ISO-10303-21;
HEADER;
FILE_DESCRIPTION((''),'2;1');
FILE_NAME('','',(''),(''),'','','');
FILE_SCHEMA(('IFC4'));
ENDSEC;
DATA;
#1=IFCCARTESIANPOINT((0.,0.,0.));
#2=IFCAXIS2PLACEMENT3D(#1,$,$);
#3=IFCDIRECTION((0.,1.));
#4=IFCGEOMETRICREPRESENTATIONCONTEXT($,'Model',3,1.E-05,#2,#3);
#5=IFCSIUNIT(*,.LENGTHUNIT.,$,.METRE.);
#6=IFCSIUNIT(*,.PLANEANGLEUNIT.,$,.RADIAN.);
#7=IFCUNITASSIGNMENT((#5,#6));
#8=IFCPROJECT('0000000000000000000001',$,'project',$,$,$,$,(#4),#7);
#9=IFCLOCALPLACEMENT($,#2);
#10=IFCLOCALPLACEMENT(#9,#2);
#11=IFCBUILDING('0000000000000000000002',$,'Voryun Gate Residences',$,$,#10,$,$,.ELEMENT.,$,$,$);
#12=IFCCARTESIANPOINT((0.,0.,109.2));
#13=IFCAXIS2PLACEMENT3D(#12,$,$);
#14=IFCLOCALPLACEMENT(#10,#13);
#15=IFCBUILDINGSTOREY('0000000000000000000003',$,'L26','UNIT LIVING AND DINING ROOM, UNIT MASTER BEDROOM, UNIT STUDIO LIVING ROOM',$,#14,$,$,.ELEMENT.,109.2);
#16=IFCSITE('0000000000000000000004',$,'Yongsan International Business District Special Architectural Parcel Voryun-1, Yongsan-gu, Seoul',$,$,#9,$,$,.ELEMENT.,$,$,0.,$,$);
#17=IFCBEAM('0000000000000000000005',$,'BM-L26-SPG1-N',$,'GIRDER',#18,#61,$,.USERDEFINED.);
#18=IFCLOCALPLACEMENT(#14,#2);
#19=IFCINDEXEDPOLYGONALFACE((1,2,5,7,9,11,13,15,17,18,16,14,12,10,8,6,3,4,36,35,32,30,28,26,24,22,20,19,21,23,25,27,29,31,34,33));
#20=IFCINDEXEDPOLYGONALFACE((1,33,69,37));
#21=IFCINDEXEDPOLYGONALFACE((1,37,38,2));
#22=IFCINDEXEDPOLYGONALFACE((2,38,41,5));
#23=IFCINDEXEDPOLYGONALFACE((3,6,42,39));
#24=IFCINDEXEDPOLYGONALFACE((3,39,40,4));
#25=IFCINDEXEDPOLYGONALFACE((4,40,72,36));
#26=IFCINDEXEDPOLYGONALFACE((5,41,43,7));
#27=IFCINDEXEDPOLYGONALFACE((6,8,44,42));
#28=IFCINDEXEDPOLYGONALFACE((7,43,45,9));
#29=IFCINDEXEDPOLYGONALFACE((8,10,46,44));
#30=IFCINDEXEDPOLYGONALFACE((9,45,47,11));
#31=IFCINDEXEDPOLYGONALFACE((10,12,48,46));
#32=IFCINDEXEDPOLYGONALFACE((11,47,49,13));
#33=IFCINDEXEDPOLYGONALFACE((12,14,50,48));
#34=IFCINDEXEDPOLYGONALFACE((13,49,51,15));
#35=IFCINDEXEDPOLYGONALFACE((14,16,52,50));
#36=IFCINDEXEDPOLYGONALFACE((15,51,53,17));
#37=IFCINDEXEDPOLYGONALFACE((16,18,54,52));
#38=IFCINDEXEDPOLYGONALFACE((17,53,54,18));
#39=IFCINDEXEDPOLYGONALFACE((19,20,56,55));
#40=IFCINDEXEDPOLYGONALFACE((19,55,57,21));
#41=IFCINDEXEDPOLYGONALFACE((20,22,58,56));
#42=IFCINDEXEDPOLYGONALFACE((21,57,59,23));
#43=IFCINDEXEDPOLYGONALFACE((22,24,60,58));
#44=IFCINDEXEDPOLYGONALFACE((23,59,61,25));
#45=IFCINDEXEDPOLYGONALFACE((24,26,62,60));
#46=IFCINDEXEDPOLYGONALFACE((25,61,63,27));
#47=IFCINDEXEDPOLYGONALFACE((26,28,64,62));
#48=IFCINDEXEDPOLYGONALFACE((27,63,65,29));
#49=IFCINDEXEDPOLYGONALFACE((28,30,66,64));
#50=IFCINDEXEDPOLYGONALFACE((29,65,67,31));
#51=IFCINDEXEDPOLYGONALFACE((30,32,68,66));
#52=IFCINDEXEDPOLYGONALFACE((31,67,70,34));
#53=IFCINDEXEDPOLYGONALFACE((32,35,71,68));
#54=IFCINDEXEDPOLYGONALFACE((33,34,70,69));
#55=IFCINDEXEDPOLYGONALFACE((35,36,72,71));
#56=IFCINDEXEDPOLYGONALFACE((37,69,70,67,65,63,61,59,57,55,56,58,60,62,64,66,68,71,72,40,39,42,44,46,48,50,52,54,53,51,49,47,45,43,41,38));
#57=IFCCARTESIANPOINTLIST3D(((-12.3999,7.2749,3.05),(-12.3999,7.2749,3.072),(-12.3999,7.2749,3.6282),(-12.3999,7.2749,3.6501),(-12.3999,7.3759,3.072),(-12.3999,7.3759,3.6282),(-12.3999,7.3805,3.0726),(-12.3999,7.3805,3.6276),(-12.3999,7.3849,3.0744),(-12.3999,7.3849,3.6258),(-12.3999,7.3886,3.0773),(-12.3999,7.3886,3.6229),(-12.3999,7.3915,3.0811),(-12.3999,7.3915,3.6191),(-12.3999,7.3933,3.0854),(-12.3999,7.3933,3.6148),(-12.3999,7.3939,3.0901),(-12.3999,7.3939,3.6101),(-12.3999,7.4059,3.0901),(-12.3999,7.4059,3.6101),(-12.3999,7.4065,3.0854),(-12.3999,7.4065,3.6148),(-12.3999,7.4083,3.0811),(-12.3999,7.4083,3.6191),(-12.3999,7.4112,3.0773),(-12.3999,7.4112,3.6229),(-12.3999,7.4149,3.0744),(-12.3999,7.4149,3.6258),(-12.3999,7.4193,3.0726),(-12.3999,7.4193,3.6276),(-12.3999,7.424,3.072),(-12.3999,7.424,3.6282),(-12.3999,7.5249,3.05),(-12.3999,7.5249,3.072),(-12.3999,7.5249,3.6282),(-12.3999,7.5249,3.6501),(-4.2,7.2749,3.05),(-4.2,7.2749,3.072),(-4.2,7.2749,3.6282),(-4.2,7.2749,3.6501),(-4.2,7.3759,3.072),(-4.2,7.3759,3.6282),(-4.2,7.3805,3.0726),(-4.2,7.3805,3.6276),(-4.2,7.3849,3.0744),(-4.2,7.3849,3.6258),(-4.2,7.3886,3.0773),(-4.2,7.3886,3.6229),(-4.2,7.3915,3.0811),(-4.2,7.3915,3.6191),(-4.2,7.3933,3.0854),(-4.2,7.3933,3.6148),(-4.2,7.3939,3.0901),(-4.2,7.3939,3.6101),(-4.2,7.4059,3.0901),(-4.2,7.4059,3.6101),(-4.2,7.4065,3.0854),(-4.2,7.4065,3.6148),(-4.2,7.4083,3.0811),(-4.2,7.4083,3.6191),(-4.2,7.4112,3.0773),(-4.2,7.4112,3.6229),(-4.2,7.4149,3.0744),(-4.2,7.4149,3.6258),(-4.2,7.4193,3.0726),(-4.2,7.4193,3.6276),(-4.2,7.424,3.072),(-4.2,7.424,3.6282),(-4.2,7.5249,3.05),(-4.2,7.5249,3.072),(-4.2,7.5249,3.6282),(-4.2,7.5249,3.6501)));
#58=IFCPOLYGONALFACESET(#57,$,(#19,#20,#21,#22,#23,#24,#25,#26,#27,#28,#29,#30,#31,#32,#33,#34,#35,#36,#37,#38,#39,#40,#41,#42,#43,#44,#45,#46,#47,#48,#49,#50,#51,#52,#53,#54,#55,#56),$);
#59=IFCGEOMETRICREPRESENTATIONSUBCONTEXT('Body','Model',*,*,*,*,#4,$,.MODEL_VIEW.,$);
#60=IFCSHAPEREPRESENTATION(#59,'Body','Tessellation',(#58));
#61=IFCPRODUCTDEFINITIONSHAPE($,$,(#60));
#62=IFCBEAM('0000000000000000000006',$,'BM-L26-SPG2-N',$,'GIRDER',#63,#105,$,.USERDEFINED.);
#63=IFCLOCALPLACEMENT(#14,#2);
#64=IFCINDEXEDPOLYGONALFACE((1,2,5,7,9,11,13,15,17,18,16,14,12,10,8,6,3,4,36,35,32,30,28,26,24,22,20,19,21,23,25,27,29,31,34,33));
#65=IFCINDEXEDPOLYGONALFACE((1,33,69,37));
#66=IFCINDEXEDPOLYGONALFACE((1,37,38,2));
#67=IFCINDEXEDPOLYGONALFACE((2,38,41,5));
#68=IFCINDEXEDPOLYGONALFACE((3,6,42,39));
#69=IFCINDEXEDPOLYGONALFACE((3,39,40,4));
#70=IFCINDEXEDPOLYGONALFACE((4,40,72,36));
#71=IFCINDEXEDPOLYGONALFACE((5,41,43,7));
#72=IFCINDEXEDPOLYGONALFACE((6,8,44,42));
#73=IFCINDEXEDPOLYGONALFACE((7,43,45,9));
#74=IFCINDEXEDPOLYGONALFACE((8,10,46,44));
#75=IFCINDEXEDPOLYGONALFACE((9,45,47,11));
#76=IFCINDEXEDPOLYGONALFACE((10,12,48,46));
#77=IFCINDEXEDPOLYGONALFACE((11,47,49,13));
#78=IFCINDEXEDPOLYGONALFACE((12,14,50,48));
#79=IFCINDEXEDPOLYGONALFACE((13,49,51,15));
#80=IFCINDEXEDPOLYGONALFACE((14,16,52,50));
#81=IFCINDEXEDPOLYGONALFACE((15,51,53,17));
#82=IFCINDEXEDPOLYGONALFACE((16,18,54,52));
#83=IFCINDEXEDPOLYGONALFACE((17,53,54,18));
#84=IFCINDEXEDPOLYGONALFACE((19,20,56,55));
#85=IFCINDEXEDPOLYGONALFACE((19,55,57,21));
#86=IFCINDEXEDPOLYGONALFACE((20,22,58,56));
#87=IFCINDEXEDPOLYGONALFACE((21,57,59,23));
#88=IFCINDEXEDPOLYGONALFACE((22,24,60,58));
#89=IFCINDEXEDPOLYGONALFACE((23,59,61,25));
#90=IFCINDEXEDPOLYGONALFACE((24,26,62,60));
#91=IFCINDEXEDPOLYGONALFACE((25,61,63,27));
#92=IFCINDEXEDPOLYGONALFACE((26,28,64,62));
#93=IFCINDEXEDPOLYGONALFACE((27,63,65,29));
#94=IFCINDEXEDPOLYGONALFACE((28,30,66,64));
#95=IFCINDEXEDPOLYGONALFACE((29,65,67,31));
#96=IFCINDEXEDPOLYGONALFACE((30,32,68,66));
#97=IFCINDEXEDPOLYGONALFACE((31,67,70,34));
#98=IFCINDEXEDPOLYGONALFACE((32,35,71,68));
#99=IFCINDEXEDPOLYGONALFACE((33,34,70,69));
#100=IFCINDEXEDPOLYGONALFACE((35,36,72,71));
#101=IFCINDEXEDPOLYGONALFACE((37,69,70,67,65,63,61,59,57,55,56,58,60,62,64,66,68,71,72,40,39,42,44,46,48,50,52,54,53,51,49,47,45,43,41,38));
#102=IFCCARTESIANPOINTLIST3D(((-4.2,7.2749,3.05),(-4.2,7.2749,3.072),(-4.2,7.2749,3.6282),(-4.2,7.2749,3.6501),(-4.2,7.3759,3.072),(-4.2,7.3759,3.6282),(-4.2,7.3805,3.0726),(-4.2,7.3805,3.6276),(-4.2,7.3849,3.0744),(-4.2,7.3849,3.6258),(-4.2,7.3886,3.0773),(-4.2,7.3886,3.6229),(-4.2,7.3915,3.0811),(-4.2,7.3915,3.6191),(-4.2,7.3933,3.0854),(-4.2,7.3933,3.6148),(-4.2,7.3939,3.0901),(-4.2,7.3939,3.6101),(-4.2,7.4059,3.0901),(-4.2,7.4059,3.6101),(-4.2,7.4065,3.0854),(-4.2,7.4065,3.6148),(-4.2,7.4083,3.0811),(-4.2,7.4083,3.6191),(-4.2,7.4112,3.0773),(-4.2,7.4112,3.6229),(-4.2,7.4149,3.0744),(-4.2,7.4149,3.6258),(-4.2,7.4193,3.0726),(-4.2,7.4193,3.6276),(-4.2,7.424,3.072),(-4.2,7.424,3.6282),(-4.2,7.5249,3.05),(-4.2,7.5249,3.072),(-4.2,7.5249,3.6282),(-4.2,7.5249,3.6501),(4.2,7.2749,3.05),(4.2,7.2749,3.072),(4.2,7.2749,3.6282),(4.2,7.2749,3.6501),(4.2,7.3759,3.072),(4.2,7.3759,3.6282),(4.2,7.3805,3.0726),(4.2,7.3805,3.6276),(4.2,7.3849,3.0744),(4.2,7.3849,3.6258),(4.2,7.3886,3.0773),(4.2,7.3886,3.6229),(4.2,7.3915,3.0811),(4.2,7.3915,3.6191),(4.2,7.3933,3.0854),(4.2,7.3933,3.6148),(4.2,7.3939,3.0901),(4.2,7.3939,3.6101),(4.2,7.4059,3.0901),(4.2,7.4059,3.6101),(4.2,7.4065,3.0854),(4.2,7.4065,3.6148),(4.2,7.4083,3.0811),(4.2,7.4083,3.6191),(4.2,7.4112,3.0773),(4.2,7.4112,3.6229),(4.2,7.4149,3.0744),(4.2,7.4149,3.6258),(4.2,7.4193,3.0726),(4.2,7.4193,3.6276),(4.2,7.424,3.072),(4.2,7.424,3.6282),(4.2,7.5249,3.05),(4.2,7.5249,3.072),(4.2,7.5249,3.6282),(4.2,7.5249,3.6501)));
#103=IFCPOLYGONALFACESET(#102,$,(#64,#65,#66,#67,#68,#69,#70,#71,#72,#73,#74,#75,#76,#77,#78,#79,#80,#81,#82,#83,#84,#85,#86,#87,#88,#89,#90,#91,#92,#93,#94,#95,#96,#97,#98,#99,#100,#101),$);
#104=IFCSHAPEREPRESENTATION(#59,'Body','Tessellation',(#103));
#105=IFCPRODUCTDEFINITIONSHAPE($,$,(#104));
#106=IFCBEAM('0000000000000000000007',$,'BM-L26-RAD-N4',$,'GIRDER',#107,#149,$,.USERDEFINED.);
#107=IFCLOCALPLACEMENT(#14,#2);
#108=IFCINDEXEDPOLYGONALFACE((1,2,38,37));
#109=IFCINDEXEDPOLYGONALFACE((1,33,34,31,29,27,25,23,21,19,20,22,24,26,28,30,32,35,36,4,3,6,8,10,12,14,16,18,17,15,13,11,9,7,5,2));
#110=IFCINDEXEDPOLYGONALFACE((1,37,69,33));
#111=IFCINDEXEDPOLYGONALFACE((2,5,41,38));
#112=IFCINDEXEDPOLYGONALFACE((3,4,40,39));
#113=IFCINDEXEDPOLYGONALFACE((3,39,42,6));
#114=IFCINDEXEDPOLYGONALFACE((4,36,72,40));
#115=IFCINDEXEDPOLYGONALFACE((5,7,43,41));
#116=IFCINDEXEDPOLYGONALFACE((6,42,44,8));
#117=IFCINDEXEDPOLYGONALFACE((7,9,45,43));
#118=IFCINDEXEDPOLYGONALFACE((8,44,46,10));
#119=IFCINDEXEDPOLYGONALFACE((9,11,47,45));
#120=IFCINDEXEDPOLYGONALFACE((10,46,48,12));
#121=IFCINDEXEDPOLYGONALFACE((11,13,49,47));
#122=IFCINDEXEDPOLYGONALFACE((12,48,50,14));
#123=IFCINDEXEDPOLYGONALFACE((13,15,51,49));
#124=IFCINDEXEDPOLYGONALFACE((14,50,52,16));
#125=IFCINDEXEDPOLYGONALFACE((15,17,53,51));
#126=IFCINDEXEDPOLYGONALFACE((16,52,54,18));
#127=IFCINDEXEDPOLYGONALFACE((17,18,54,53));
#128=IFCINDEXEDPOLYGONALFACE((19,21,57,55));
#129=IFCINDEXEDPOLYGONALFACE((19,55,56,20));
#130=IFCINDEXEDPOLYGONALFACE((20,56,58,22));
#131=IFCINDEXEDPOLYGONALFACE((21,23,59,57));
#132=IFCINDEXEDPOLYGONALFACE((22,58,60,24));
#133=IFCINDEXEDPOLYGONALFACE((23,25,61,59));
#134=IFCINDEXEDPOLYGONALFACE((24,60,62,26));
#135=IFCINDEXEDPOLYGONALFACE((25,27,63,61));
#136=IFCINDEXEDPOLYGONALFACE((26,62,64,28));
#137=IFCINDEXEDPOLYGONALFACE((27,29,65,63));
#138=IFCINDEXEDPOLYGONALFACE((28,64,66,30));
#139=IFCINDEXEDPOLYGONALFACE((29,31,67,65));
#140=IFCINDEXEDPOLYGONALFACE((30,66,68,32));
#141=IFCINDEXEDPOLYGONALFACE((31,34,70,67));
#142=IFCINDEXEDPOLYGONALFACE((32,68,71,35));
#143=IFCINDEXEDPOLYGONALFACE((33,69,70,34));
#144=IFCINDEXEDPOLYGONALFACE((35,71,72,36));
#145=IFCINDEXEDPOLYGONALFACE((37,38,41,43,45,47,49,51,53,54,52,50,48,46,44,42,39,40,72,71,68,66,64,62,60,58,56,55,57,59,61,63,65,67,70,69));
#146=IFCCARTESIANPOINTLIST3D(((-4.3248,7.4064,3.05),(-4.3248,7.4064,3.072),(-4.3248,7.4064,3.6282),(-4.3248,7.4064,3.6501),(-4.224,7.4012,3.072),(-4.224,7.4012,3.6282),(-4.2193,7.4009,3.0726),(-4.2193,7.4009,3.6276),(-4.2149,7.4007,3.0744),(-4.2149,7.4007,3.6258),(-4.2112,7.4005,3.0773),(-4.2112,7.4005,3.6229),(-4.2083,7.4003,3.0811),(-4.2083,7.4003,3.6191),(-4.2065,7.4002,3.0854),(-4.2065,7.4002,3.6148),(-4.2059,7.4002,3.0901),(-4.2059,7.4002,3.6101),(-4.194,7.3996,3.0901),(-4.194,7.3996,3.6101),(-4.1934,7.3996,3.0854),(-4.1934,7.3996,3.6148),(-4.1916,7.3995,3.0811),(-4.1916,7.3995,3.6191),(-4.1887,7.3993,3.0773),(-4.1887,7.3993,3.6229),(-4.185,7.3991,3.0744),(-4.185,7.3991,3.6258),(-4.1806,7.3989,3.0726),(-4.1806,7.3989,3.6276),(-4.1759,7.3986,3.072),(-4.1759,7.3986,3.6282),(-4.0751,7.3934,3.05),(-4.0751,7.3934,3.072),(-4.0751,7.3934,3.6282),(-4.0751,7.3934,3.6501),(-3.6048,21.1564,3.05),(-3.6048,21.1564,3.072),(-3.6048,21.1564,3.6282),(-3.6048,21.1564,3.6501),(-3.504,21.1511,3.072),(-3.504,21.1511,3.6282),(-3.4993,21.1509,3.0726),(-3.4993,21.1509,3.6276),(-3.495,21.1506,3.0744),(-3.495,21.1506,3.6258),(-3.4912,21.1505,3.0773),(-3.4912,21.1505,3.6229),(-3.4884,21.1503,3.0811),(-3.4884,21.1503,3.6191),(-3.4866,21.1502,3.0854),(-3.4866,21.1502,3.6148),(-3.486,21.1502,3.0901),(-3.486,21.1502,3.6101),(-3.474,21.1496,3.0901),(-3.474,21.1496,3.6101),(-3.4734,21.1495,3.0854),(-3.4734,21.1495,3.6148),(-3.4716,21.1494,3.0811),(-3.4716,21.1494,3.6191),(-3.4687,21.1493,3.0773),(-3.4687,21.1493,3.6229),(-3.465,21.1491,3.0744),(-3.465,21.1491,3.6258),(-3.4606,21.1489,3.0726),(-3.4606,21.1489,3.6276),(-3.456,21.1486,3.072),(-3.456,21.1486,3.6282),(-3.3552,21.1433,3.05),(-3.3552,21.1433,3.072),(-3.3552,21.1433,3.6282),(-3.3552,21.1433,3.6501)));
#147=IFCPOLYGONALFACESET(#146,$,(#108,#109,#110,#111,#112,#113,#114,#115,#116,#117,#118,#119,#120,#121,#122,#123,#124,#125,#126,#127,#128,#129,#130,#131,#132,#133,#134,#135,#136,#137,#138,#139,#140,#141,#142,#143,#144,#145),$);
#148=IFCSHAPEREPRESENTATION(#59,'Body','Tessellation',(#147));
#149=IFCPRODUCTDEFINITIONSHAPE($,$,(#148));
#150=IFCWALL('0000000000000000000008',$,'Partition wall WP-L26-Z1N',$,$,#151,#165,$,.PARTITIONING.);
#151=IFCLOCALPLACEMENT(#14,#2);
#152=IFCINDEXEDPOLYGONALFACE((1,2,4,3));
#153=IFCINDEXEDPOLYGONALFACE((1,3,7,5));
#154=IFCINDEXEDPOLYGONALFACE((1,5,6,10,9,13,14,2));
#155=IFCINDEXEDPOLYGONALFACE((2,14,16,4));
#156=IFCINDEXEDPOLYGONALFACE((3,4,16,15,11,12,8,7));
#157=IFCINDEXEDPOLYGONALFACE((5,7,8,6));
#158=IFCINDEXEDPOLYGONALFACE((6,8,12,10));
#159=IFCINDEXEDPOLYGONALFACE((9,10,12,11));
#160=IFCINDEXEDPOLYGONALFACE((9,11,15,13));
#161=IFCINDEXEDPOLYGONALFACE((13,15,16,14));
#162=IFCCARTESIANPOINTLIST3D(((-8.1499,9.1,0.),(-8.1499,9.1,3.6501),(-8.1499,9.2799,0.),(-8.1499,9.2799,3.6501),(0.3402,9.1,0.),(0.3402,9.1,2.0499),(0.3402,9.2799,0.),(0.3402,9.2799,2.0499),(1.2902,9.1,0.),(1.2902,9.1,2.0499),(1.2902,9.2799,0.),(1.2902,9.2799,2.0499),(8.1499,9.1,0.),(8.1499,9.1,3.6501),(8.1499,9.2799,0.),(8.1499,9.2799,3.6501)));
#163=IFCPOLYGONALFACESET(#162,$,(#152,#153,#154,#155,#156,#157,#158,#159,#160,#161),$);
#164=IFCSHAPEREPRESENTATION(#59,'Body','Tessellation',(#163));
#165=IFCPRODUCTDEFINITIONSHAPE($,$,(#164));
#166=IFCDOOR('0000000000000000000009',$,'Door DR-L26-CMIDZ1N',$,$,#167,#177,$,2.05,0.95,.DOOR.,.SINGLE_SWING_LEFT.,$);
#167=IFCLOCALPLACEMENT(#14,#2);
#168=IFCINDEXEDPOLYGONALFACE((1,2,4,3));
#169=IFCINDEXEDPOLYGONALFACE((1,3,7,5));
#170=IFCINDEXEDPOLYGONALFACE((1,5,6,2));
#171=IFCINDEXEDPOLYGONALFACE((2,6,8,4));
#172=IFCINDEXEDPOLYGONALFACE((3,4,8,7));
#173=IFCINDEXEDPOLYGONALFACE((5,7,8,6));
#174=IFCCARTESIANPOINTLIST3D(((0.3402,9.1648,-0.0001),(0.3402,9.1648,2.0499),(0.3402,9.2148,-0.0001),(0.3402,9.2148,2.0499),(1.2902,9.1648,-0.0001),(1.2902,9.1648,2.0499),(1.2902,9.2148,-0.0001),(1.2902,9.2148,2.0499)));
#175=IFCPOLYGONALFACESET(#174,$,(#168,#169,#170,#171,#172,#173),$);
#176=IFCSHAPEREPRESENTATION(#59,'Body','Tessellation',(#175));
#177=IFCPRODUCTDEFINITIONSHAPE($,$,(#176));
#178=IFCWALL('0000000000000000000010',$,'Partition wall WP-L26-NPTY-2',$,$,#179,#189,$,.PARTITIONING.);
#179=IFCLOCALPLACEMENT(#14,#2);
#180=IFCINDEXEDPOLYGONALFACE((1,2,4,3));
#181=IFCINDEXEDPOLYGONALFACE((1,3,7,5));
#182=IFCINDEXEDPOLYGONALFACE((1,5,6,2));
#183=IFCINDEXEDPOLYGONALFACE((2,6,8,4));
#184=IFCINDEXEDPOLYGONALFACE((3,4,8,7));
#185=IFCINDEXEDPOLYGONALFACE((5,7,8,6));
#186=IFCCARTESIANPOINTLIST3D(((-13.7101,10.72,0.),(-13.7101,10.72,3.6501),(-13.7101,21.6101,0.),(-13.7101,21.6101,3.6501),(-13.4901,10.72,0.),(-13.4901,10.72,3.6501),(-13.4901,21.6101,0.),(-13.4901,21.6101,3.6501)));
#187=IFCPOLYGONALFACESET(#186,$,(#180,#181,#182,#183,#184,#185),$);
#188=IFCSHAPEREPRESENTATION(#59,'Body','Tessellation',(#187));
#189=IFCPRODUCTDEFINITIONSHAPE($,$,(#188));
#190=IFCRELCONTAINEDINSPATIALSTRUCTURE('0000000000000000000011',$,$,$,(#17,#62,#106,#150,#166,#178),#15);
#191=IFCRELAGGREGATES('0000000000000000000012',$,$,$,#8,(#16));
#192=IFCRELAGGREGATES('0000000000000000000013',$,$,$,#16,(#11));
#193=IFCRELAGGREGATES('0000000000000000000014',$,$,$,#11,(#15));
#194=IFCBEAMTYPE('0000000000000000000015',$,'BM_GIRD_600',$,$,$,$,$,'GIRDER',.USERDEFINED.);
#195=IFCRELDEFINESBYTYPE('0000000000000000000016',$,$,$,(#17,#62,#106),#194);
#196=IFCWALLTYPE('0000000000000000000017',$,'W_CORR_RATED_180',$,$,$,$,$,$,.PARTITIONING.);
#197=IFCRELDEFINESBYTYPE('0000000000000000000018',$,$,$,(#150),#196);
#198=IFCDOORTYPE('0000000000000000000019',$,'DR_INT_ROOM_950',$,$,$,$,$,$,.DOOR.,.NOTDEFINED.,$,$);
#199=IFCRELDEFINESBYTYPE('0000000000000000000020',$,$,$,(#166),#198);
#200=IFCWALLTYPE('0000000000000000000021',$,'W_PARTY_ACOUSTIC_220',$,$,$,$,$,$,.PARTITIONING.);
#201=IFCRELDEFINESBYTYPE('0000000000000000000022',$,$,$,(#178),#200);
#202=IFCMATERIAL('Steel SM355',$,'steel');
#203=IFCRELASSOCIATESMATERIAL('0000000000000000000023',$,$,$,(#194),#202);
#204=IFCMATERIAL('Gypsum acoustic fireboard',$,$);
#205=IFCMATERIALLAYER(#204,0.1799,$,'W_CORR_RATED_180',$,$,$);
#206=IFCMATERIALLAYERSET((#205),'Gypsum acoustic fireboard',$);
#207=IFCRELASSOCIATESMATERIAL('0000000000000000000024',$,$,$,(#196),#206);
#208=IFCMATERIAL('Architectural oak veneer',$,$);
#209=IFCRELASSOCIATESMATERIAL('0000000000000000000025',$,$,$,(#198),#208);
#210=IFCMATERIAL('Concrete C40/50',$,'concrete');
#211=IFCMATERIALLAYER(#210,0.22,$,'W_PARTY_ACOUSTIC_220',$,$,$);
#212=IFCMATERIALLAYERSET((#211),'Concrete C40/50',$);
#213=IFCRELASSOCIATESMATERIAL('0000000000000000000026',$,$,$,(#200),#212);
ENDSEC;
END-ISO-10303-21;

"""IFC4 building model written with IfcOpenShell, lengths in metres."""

from ifc_helpers import new_model, si_unit, direction, frame, frame_2d, origin, origin_2d, place, context, subcontext, project, spatial, rectangle, i_section, extrude, material, layer, layer_set, material_profile, profile_set, type_object, element, fill, save


model = new_model("IFC4")

# Units and contexts
model_context = context("Model", 3, precision=1e-05, world=origin(), true_north=direction((0.0, 1.0)))
body_context = subcontext(model_context, "Body", "Model", "MODEL_VIEW")
ifc_project = project(units=[si_unit("LENGTHUNIT", "METRE"), si_unit("PLANEANGLEUNIT", "RADIAN")], contexts=[model_context])

# Site, building, storey
site_placement = place(None, origin())
site = spatial("IfcSite", under=ifc_project, at=site_placement, Name="Yongsan International Business District Special Architectural Parcel Voryun-1, Yongsan-gu, Seoul", CompositionType="ELEMENT", RefElevation=0.0)
building_placement = place(site_placement, origin())
building = spatial("IfcBuilding", under=site, at=building_placement, Name="Voryun Gate Residences", CompositionType="ELEMENT")
storey_placement = place(building_placement, frame((0.0, 0.0, 109.2)))
storey = spatial("IfcBuildingStorey", under=building, at=storey_placement, Name="L26", Description="UNIT LIVING AND DINING ROOM, UNIT MASTER BEDROOM, UNIT STUDIO LIVING ROOM", CompositionType="ELEMENT", Elevation=109.2)

# Beams
ifc_material_1 = material(Name="Steel SM355", Category="steel")
ifc_material_profile_1 = material_profile(ifc_material_1, i_section(OverallWidth=0.25, OverallDepth=0.6001, WebThickness=0.012, FlangeThickness=0.022, FilletRadius=0.0181, at=origin_2d()), Name="H-600x250x12x22")
ifc_profile_set_1 = profile_set([ifc_material_profile_1], Name="Steel SM355")
beam_type_1 = type_object("IfcBeamType", Name="BM_GIRD_600", ElementType="GIRDER", PredefinedType="USERDEFINED", material=ifc_profile_set_1)
beam_1_placement = place(storey_placement, frame((-12.3999, 7.3999, 3.3501), z_axis=(1.0, 0.0, 0.0), x_axis=(0.0, 1.0, 0.0)))
element("IfcBeam", 1, at=beam_1_placement, inside=storey, type_object=beam_type_1, Name="BM-L26-SPG1-N", ObjectType="GIRDER", PredefinedType="USERDEFINED", context=body_context, shape_type="SweptSolid", body=[
    extrude(i_section(OverallWidth=0.25, OverallDepth=0.6001, WebThickness=0.012, FlangeThickness=0.022, FilletRadius=0.0181, at=origin_2d()), origin(), (0.0, 0.0, 1.0), 8.2),
])
beam_2_placement = place(storey_placement, frame((-4.2, 7.3999, 3.3501), z_axis=(1.0, 0.0, 0.0), x_axis=(0.0, 1.0, 0.0)))
element("IfcBeam", 2, at=beam_2_placement, inside=storey, type_object=beam_type_1, Name="BM-L26-SPG2-N", ObjectType="GIRDER", PredefinedType="USERDEFINED", context=body_context, shape_type="SweptSolid", body=[
    extrude(i_section(OverallWidth=0.25, OverallDepth=0.6001, WebThickness=0.012, FlangeThickness=0.022, FilletRadius=0.0181, at=origin_2d()), origin(), (0.0, 0.0, 1.0), 8.3999),
])
beam_3_placement = place(storey_placement, frame((-4.2, 7.3999, 3.3501), z_axis=(0.05229, 0.998632, 0.0), x_axis=(-0.998632, 0.05229, 0.0)))
element("IfcBeam", 3, at=beam_3_placement, inside=storey, type_object=beam_type_1, Name="BM-L26-RAD-N4", ObjectType="GIRDER", PredefinedType="USERDEFINED", context=body_context, shape_type="SweptSolid", body=[
    extrude(i_section(OverallWidth=0.25, OverallDepth=0.6001, WebThickness=0.012, FlangeThickness=0.022, FilletRadius=0.0181, at=origin_2d()), origin(), (0.0, 0.0, 1.0), 13.7688),
])

# Wall, opening, door
ifc_material_2 = material(Name="Gypsum acoustic fireboard")
ifc_layer_1 = layer(ifc_material_2, 0.1799, Name="W_CORR_RATED_180")
ifc_layer_set_1 = layer_set([ifc_layer_1], Name="Gypsum acoustic fireboard")
wall_type_1 = type_object("IfcWallType", Name="W_CORR_RATED_180", PredefinedType="PARTITIONING", material=ifc_layer_set_1)
wall_1_placement = place(storey_placement, frame((-8.1499, 9.1899, 0.0), z_axis=(0.0, 0.0, 1.0), x_axis=(1.0, 0.0, 0.0)))
wall_1 = element("IfcWall", 4, at=wall_1_placement, inside=storey, type_object=wall_type_1, Name="Partition wall WP-L26-Z1N", PredefinedType="PARTITIONING", context=body_context, shape_type="SweptSolid", body=[
    extrude(rectangle(XDim=16.2998, YDim=0.1799, at=frame_2d((8.1499, 0.0))), origin(), (0.0, 0.0, 1.0), 3.6501),
])
opening_1_placement = place(wall_1_placement, frame((8.49, 0.0, 0.0)))
opening_1 = element("IfcOpeningElement", 5, at=opening_1_placement, cuts=wall_1, PredefinedType="OPENING", context=body_context, shape_type="SweptSolid", body=[
    extrude(rectangle(XDim=0.95, YDim=2.05, at=frame_2d((0.4751, 1.0249))), frame((0.0, 0.0999, 0.0), z_axis=(0.0, -1.0, 0.0), x_axis=(1.0, 0.0, 0.0)), (0.0, 0.0, 1.0), 0.2),
])
ifc_material_3 = material(Name="Architectural oak veneer")
door_type_1 = type_object("IfcDoorType", Name="DR_INT_ROOM_950", OperationType="NOTDEFINED", PredefinedType="DOOR", material=ifc_material_3)
door_1_placement = place(opening_1_placement, origin())
door_1 = element("IfcDoor", 6, at=door_1_placement, inside=storey, type_object=door_type_1, Name="Door DR-L26-CMIDZ1N", OperationType="SINGLE_SWING_LEFT", OverallHeight=2.05, OverallWidth=0.95, PredefinedType="DOOR", context=body_context, shape_type="SweptSolid", body=[
    extrude(rectangle(XDim=0.95, YDim=2.05, at=frame_2d((0.4751, 1.0249))), frame((0.0, 0.0249, 0.0), z_axis=(0.0, -1.0, 0.0), x_axis=(1.0, 0.0, 0.0)), (0.0, 0.0, 1.0), 0.05),
])
fill(opening_1, door_1)

# Wall
ifc_material_4 = material(Name="Concrete C40/50", Category="concrete")
ifc_layer_2 = layer(ifc_material_4, 0.22, Name="W_PARTY_ACOUSTIC_220")
ifc_layer_set_2 = layer_set([ifc_layer_2], Name="Concrete C40/50")
wall_type_2 = type_object("IfcWallType", Name="W_PARTY_ACOUSTIC_220", PredefinedType="PARTITIONING", material=ifc_layer_set_2)
for number, where, z_axis, x_axis, name in (
    (7, (-13.6001, 10.72, 0.0), (0.0, 0.0, 1.0), (0.0, 1.0, 0.0), "Partition wall WP-L26-NPTY-2"),
):
    element("IfcWall", number, at=place(storey_placement, frame(where, z_axis=z_axis, x_axis=x_axis)), inside=storey, type_object=wall_type_2, Name=name, PredefinedType="PARTITIONING", context=body_context, shape_type="SweptSolid", body=[
        extrude(rectangle(XDim=10.8901, YDim=0.22, at=frame_2d((5.4451, 0.0))), origin(), (0.0, 0.0, 1.0), 3.6501),
    ])

save(model, "model.ifc")
